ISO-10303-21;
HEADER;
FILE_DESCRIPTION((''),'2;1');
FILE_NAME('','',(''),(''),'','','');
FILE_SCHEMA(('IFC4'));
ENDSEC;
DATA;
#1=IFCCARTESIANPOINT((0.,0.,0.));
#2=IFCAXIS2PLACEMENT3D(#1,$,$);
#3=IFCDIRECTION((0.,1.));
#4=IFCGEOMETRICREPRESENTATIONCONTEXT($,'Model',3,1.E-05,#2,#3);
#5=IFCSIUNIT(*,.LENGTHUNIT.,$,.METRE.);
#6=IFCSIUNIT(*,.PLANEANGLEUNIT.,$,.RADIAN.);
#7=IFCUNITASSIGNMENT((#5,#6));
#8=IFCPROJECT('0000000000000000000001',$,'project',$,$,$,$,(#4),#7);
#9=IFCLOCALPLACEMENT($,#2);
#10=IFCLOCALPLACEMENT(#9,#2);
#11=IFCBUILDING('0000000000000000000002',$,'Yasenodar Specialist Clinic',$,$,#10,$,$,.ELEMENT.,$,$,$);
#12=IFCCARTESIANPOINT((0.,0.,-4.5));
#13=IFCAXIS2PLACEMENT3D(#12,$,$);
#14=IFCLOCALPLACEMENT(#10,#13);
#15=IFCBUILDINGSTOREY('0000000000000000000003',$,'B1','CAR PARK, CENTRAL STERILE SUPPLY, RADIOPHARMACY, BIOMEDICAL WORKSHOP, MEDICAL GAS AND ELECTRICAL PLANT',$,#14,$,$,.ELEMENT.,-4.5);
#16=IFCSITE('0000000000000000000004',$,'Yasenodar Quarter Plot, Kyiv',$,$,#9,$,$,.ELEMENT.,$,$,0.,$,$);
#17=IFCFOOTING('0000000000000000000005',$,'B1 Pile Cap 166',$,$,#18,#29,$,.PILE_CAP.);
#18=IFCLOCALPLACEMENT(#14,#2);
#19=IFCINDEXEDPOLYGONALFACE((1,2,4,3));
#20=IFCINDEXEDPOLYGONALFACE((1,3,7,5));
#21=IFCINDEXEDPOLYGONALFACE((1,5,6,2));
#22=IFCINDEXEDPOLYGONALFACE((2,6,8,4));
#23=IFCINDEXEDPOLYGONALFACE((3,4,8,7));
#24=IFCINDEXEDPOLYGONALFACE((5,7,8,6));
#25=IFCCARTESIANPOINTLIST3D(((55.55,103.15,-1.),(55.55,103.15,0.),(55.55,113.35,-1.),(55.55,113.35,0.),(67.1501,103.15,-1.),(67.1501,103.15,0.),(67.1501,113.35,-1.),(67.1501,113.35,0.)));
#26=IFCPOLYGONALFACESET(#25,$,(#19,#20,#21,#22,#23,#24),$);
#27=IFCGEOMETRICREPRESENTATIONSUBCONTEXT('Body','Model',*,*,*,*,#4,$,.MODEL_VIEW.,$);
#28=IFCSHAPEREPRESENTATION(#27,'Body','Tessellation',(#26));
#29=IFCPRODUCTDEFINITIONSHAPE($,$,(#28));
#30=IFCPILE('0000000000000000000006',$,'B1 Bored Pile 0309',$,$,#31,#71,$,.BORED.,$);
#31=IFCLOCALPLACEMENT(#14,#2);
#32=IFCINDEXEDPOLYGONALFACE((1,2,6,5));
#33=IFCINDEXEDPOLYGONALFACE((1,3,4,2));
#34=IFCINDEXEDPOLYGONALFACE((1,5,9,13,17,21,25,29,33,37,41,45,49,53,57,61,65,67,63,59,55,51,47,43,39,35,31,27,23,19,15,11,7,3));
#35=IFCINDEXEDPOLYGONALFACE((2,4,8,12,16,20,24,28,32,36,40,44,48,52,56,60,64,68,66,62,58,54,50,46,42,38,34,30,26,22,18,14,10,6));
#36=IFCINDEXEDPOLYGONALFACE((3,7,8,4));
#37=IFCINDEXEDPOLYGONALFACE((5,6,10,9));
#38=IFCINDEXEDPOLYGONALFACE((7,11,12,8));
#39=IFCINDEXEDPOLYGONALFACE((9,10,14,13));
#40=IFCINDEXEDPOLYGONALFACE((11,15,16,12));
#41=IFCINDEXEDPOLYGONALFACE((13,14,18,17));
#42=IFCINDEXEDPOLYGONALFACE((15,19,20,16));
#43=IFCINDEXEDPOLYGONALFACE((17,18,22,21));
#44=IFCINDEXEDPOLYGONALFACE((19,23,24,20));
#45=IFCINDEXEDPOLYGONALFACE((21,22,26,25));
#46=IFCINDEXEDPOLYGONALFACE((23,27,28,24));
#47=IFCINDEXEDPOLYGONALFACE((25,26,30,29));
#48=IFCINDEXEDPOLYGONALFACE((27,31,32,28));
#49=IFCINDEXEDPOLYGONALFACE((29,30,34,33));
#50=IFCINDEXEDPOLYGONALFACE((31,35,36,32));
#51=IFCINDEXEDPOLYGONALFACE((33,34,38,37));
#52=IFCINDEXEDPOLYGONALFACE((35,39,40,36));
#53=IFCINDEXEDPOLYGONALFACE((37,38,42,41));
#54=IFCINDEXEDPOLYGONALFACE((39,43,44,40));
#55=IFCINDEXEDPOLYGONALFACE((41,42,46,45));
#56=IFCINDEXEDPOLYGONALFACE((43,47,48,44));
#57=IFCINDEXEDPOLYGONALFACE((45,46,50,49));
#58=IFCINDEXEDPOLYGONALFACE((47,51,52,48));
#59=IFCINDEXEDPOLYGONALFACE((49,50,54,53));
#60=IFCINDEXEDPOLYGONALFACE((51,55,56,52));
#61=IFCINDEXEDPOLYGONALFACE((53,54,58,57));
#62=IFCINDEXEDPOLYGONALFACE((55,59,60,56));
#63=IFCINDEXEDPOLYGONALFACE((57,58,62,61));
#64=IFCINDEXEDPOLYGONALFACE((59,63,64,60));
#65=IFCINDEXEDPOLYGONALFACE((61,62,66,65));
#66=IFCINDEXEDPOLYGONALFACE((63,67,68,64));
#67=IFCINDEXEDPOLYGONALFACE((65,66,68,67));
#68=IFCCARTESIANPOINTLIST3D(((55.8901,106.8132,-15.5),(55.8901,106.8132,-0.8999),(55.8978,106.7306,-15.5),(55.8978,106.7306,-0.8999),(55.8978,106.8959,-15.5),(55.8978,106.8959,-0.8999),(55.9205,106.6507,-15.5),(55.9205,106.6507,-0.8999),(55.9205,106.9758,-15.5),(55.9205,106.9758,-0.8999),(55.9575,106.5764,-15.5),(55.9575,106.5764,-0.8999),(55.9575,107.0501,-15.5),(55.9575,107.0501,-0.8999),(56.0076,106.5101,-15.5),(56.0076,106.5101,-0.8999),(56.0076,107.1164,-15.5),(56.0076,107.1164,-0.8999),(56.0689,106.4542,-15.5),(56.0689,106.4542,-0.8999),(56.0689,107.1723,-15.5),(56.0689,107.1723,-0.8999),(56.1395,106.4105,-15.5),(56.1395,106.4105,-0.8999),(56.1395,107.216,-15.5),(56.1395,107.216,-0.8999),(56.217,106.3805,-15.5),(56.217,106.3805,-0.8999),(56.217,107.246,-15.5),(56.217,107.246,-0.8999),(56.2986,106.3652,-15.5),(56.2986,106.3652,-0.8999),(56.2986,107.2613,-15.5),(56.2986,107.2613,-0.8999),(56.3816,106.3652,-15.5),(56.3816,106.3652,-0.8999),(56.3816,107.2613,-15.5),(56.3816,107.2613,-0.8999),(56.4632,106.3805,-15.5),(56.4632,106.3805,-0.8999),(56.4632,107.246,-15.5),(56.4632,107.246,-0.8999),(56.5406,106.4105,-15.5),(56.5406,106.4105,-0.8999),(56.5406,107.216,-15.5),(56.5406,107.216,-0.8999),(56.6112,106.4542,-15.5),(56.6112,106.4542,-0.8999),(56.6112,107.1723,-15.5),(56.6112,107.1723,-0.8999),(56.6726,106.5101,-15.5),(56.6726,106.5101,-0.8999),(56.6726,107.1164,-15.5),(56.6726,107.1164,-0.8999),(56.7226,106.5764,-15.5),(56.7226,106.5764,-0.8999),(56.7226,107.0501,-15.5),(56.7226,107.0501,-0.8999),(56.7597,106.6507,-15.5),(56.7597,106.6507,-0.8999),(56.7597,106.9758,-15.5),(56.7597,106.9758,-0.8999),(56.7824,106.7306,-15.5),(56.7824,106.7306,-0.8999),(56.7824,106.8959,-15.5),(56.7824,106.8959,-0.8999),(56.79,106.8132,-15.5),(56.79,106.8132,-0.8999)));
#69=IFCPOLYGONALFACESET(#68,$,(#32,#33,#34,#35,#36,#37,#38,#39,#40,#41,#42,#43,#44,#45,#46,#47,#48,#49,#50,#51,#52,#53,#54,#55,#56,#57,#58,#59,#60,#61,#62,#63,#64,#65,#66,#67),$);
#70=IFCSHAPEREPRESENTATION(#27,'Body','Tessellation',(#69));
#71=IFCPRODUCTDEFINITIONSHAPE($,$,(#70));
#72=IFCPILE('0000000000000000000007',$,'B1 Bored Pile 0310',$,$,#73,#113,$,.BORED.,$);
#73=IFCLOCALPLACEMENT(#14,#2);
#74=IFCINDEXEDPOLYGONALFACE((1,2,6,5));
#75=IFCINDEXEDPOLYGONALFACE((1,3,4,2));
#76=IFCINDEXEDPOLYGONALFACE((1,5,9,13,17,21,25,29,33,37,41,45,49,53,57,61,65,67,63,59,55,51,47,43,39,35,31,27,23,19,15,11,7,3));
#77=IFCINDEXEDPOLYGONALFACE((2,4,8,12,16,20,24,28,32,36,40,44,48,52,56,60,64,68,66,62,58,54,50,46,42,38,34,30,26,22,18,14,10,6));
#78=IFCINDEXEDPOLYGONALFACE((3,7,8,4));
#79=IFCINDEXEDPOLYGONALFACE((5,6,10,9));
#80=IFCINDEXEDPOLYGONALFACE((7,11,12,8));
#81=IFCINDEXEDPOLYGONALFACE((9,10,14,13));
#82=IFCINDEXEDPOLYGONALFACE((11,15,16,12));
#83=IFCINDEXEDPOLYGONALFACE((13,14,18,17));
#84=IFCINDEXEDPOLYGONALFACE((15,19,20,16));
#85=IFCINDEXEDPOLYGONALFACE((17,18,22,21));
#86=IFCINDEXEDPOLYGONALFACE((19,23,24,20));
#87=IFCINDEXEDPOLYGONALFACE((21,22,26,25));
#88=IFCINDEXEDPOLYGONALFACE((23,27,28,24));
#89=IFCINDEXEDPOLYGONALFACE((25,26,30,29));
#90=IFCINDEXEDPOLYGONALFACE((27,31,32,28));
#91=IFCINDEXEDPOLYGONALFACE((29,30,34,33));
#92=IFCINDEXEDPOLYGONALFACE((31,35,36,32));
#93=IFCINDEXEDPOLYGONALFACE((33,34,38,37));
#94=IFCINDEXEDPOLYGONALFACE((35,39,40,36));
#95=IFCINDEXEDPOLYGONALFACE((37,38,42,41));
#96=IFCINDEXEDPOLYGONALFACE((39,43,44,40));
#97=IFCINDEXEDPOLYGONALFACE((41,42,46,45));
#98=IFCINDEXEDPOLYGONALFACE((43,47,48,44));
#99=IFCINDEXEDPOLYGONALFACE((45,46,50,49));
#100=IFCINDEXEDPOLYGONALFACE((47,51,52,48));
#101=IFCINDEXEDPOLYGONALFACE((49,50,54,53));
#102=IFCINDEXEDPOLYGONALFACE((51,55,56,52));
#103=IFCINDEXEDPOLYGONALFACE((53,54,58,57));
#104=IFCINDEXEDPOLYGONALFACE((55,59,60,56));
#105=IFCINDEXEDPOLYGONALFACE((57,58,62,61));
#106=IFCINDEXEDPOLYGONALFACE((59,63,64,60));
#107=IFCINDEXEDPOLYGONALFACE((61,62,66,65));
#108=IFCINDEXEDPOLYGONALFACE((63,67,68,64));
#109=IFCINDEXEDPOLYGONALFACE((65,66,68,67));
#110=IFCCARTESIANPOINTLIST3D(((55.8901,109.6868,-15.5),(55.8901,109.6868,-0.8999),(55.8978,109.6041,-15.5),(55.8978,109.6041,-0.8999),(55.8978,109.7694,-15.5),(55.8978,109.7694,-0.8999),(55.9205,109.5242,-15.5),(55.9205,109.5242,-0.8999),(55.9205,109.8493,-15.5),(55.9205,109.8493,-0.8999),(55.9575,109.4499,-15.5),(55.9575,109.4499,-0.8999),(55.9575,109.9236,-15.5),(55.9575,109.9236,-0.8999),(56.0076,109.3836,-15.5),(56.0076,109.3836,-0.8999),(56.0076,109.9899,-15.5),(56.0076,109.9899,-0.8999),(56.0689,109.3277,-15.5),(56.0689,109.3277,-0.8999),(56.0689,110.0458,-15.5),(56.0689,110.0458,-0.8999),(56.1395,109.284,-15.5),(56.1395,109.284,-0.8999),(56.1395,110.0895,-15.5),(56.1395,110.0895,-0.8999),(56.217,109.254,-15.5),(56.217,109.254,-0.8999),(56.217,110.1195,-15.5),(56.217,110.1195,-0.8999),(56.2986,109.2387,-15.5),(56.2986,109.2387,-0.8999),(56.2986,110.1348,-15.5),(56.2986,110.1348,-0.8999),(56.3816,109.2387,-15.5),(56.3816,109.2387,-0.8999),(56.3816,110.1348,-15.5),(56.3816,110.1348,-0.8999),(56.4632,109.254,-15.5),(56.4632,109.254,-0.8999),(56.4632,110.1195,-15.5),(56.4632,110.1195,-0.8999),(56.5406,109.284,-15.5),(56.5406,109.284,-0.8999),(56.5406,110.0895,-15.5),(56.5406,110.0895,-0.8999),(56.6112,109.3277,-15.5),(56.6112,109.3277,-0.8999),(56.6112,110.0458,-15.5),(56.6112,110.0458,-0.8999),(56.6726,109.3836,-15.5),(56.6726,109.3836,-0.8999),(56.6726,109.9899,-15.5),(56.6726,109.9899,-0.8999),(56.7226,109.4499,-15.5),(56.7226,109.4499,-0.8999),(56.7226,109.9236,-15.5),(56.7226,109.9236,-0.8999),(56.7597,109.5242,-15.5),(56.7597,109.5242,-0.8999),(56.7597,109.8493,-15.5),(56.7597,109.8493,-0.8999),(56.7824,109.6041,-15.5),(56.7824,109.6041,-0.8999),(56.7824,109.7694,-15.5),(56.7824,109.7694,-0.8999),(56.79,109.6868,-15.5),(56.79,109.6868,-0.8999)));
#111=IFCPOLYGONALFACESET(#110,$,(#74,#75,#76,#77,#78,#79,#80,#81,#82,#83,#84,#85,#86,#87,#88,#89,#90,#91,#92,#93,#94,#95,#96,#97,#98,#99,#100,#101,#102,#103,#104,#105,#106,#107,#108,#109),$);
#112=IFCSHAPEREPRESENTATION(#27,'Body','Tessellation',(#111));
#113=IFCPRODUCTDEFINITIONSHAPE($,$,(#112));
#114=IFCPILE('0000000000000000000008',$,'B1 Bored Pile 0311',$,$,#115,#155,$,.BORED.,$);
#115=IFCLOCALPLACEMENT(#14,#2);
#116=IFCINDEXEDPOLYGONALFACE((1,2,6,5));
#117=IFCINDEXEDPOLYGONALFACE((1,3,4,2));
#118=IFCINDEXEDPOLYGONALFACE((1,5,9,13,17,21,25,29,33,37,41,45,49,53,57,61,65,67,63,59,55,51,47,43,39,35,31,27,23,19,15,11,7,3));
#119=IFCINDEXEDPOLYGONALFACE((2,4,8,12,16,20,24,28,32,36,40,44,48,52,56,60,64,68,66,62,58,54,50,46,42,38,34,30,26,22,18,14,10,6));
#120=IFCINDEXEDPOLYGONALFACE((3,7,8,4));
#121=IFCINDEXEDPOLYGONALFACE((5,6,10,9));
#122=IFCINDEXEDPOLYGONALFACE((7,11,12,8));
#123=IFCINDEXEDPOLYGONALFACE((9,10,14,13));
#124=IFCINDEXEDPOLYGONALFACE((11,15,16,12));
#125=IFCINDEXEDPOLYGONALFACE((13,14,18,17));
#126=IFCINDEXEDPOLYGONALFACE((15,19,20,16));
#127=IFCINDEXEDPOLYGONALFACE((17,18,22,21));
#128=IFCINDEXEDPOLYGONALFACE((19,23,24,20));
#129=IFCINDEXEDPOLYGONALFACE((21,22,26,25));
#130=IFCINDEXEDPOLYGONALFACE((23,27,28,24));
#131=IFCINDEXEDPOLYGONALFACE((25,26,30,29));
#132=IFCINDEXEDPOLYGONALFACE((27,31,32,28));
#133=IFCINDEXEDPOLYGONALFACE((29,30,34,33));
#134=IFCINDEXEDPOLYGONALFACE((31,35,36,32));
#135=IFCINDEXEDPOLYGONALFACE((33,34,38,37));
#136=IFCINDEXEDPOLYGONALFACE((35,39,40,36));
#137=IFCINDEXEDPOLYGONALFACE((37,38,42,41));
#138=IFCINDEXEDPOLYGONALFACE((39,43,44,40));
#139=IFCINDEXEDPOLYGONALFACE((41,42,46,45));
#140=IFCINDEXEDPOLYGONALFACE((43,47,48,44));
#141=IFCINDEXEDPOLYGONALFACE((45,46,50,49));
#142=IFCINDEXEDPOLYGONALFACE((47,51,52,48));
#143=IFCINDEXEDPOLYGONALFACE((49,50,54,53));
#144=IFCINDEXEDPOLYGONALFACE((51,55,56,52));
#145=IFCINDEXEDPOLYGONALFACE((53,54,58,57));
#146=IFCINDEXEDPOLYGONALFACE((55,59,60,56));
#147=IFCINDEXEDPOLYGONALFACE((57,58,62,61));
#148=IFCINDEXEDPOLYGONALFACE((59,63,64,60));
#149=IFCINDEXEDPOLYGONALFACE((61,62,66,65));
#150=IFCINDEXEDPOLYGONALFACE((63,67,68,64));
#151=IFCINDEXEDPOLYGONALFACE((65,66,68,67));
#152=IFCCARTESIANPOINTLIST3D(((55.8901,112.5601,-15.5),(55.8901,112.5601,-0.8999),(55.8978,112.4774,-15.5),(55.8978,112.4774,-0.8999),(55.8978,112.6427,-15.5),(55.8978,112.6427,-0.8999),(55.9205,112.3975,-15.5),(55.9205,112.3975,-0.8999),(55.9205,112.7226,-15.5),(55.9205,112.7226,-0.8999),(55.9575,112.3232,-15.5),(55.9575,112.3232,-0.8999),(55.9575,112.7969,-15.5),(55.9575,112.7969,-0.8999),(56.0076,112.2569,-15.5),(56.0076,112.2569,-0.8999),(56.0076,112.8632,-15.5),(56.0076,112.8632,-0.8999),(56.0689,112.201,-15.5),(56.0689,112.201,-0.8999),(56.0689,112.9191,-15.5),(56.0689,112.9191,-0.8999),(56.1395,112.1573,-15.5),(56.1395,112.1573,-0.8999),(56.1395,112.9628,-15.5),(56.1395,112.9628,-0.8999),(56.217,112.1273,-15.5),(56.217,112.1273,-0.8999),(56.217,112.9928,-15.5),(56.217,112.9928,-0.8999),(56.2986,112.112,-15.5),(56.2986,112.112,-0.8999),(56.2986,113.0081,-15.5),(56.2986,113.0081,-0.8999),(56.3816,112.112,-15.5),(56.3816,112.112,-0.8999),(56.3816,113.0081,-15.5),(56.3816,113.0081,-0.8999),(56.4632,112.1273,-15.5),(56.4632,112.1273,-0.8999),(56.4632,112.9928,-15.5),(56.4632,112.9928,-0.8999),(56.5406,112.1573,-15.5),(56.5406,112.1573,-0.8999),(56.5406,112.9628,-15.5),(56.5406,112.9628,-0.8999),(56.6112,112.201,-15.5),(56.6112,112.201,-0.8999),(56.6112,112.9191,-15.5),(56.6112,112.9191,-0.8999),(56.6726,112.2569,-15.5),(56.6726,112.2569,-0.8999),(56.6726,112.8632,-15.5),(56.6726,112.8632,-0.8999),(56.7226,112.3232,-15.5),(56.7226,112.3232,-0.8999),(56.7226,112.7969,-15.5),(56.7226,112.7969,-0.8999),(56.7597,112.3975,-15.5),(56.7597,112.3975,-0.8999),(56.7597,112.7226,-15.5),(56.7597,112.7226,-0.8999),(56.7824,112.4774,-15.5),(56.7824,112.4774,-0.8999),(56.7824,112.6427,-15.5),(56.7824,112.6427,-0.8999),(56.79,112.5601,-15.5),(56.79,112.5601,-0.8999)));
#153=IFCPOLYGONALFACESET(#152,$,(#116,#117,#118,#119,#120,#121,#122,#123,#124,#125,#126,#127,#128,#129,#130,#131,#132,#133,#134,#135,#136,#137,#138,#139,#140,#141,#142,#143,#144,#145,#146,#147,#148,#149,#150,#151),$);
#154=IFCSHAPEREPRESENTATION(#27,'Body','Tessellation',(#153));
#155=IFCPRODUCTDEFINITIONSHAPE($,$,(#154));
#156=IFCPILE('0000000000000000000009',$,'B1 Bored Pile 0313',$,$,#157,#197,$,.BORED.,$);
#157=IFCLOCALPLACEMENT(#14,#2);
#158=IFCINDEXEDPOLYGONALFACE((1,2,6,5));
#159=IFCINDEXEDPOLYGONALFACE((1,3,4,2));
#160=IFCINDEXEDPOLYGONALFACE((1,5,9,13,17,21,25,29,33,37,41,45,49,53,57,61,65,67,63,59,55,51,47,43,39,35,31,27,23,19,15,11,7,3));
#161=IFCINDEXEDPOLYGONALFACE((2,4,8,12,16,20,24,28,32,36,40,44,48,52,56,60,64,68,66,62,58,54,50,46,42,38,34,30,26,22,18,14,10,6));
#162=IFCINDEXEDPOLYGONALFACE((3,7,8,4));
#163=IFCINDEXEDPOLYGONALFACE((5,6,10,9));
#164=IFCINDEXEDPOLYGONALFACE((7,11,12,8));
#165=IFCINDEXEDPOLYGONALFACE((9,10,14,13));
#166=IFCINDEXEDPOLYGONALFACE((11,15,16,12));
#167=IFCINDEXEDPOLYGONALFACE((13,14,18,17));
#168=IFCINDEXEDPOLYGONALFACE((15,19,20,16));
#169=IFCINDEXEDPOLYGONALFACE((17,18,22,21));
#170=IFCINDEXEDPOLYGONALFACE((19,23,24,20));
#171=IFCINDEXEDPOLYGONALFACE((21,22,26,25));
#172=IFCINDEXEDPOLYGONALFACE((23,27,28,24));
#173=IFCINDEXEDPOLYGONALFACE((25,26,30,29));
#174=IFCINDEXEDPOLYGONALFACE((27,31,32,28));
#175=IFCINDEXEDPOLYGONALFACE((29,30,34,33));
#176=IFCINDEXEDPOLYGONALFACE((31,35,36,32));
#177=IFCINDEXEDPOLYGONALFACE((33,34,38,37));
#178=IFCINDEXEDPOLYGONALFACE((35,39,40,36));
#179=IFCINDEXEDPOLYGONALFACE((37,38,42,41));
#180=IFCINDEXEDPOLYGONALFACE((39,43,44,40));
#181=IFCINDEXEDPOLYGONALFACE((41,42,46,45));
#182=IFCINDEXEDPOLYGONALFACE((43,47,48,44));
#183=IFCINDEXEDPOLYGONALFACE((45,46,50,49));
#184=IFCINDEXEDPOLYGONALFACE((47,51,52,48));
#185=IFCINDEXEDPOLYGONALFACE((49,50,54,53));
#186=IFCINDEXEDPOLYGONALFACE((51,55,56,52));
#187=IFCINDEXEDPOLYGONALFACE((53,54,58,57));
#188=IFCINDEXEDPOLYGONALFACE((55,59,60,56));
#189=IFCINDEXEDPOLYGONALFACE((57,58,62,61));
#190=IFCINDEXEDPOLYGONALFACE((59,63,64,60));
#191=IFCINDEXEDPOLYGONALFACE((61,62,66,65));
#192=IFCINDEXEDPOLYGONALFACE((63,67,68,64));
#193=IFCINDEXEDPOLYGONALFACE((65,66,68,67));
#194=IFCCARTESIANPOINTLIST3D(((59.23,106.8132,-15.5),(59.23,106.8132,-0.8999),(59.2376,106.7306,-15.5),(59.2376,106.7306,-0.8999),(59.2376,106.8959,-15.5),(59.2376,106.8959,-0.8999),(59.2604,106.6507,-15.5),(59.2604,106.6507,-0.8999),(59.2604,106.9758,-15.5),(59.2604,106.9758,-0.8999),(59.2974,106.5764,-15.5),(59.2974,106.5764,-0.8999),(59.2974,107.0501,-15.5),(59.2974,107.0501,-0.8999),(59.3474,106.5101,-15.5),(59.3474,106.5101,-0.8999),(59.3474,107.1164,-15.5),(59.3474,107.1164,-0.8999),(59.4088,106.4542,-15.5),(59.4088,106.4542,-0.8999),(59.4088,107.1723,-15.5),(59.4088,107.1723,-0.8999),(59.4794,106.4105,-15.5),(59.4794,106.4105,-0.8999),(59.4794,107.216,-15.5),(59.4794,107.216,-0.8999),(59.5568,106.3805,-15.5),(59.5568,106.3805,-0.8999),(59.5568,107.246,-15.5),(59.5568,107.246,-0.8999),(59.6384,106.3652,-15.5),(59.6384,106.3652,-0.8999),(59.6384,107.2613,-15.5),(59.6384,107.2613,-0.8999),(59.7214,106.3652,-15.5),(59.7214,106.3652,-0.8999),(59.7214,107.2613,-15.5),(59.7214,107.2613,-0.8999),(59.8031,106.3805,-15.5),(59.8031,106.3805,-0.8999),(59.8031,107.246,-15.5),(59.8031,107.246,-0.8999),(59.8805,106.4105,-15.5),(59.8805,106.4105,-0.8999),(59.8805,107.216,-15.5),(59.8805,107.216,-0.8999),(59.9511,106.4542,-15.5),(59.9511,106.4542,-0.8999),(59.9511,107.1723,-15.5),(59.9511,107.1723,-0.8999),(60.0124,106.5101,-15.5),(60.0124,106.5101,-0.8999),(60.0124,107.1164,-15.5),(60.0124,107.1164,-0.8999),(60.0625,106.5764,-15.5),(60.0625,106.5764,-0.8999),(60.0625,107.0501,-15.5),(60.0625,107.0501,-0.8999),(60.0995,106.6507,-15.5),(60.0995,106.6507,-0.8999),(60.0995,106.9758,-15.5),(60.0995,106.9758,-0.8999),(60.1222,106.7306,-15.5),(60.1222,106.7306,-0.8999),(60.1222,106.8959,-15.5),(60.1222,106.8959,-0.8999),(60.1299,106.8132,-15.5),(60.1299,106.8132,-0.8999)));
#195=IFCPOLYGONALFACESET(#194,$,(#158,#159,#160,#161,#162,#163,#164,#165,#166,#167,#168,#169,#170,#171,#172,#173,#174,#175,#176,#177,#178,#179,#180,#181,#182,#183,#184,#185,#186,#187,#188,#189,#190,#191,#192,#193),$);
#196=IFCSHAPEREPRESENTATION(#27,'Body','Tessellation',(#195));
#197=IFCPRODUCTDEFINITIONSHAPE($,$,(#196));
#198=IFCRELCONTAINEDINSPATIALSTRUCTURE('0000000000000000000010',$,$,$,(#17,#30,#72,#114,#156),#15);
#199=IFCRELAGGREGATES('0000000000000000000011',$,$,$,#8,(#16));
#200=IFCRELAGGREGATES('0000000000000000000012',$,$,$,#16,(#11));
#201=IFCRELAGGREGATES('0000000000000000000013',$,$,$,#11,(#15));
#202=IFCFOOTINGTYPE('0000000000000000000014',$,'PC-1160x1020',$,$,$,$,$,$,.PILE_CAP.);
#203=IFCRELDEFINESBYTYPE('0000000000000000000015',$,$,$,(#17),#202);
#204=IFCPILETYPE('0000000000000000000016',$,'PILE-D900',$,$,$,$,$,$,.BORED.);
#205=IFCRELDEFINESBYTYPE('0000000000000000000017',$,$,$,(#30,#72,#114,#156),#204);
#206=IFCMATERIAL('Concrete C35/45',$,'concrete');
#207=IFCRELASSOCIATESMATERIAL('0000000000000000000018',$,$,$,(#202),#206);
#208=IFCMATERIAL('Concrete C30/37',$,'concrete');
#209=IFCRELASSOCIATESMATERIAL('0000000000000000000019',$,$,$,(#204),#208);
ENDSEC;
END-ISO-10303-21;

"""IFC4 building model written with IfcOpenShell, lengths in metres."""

from ifc_helpers import new_model, si_unit, direction, frame, origin, origin_2d, place, context, subcontext, project, spatial, rectangle, circle, extrude, material, material_profile, profile_set, type_object, element, save


model = new_model("IFC4")

# Units and contexts
model_context = context("Model", 3, precision=1e-05, world=origin(), true_north=direction((0.0, 1.0)))
body_context = subcontext(model_context, "Body", "Model", "MODEL_VIEW")
ifc_project = project(units=[si_unit("LENGTHUNIT", "METRE"), si_unit("PLANEANGLEUNIT", "RADIAN")], contexts=[model_context])

# Site, building, storey
site_placement = place(None, origin())
site = spatial("IfcSite", under=ifc_project, at=site_placement, Name="Yasenodar Quarter Plot, Kyiv", CompositionType="ELEMENT", RefElevation=0.0)
building_placement = place(site_placement, origin())
building = spatial("IfcBuilding", under=site, at=building_placement, Name="Yasenodar Specialist Clinic", CompositionType="ELEMENT")
storey_placement = place(building_placement, frame((0.0, 0.0, -4.5)))
storey = spatial("IfcBuildingStorey", under=building, at=storey_placement, Name="B1", Description="CAR PARK, CENTRAL STERILE SUPPLY, RADIOPHARMACY, BIOMEDICAL WORKSHOP, MEDICAL GAS AND ELECTRICAL PLANT", CompositionType="ELEMENT", Elevation=-4.5)

# Footing
ifc_material_1 = material(Name="Concrete C35/45", Category="concrete")
footing_type = type_object("IfcFootingType", Name="PC-1160x1020", PredefinedType="PILE_CAP", material=ifc_material_1)
footing_placement = place(storey_placement, frame((61.3501, 108.25, -1.0), z_axis=(0.0, 0.0, 1.0), x_axis=(1.0, 0.0, 0.0)))
element("IfcFooting", 1, at=footing_placement, inside=storey, type_object=footing_type, Name="B1 Pile Cap 166", PredefinedType="PILE_CAP", context=body_context, shape_type="SweptSolid", body=[
    extrude(rectangle(XDim=11.6001, YDim=10.2, at=origin_2d()), origin(), (0.0, 0.0, 1.0), 1.0),
])

# Piles
ifc_material_2 = material(Name="Concrete C30/37", Category="concrete")
ifc_material_profile_1 = material_profile(ifc_material_2, circle(Radius=0.45, at=origin_2d()), Name="PILE D900")
ifc_profile_set_1 = profile_set([ifc_material_profile_1], Name="Concrete C30/37")
pile_type = type_object("IfcPileType", Name="PILE-D900", PredefinedType="BORED", material=ifc_profile_set_1)
for number, where, z_axis, x_axis, name in (
    (2, (56.3401, 106.8132, -0.8999), (0.0, 0.0, -1.0), (1.0, 0.0, 0.0), "B1 Bored Pile 0309"),
    (3, (56.3401, 109.6868, -0.8999), (0.0, 0.0, -1.0), (1.0, 0.0, 0.0), "B1 Bored Pile 0310"),
    (4, (56.3401, 112.5601, -0.8999), (0.0, 0.0, -1.0), (1.0, 0.0, 0.0), "B1 Bored Pile 0311"),
    (5, (59.6799, 106.8132, -0.8999), (0.0, 0.0, -1.0), (1.0, 0.0, 0.0), "B1 Bored Pile 0313"),
):
    element("IfcPile", number, at=place(storey_placement, frame(where, z_axis=z_axis, x_axis=x_axis)), inside=storey, type_object=pile_type, Name=name, PredefinedType="BORED", context=body_context, shape_type="SweptSolid", body=[
        extrude(circle(Radius=0.45, at=origin_2d()), origin(), (0.0, 0.0, 1.0), 14.6001),
    ])

save(model, "model.ifc")
